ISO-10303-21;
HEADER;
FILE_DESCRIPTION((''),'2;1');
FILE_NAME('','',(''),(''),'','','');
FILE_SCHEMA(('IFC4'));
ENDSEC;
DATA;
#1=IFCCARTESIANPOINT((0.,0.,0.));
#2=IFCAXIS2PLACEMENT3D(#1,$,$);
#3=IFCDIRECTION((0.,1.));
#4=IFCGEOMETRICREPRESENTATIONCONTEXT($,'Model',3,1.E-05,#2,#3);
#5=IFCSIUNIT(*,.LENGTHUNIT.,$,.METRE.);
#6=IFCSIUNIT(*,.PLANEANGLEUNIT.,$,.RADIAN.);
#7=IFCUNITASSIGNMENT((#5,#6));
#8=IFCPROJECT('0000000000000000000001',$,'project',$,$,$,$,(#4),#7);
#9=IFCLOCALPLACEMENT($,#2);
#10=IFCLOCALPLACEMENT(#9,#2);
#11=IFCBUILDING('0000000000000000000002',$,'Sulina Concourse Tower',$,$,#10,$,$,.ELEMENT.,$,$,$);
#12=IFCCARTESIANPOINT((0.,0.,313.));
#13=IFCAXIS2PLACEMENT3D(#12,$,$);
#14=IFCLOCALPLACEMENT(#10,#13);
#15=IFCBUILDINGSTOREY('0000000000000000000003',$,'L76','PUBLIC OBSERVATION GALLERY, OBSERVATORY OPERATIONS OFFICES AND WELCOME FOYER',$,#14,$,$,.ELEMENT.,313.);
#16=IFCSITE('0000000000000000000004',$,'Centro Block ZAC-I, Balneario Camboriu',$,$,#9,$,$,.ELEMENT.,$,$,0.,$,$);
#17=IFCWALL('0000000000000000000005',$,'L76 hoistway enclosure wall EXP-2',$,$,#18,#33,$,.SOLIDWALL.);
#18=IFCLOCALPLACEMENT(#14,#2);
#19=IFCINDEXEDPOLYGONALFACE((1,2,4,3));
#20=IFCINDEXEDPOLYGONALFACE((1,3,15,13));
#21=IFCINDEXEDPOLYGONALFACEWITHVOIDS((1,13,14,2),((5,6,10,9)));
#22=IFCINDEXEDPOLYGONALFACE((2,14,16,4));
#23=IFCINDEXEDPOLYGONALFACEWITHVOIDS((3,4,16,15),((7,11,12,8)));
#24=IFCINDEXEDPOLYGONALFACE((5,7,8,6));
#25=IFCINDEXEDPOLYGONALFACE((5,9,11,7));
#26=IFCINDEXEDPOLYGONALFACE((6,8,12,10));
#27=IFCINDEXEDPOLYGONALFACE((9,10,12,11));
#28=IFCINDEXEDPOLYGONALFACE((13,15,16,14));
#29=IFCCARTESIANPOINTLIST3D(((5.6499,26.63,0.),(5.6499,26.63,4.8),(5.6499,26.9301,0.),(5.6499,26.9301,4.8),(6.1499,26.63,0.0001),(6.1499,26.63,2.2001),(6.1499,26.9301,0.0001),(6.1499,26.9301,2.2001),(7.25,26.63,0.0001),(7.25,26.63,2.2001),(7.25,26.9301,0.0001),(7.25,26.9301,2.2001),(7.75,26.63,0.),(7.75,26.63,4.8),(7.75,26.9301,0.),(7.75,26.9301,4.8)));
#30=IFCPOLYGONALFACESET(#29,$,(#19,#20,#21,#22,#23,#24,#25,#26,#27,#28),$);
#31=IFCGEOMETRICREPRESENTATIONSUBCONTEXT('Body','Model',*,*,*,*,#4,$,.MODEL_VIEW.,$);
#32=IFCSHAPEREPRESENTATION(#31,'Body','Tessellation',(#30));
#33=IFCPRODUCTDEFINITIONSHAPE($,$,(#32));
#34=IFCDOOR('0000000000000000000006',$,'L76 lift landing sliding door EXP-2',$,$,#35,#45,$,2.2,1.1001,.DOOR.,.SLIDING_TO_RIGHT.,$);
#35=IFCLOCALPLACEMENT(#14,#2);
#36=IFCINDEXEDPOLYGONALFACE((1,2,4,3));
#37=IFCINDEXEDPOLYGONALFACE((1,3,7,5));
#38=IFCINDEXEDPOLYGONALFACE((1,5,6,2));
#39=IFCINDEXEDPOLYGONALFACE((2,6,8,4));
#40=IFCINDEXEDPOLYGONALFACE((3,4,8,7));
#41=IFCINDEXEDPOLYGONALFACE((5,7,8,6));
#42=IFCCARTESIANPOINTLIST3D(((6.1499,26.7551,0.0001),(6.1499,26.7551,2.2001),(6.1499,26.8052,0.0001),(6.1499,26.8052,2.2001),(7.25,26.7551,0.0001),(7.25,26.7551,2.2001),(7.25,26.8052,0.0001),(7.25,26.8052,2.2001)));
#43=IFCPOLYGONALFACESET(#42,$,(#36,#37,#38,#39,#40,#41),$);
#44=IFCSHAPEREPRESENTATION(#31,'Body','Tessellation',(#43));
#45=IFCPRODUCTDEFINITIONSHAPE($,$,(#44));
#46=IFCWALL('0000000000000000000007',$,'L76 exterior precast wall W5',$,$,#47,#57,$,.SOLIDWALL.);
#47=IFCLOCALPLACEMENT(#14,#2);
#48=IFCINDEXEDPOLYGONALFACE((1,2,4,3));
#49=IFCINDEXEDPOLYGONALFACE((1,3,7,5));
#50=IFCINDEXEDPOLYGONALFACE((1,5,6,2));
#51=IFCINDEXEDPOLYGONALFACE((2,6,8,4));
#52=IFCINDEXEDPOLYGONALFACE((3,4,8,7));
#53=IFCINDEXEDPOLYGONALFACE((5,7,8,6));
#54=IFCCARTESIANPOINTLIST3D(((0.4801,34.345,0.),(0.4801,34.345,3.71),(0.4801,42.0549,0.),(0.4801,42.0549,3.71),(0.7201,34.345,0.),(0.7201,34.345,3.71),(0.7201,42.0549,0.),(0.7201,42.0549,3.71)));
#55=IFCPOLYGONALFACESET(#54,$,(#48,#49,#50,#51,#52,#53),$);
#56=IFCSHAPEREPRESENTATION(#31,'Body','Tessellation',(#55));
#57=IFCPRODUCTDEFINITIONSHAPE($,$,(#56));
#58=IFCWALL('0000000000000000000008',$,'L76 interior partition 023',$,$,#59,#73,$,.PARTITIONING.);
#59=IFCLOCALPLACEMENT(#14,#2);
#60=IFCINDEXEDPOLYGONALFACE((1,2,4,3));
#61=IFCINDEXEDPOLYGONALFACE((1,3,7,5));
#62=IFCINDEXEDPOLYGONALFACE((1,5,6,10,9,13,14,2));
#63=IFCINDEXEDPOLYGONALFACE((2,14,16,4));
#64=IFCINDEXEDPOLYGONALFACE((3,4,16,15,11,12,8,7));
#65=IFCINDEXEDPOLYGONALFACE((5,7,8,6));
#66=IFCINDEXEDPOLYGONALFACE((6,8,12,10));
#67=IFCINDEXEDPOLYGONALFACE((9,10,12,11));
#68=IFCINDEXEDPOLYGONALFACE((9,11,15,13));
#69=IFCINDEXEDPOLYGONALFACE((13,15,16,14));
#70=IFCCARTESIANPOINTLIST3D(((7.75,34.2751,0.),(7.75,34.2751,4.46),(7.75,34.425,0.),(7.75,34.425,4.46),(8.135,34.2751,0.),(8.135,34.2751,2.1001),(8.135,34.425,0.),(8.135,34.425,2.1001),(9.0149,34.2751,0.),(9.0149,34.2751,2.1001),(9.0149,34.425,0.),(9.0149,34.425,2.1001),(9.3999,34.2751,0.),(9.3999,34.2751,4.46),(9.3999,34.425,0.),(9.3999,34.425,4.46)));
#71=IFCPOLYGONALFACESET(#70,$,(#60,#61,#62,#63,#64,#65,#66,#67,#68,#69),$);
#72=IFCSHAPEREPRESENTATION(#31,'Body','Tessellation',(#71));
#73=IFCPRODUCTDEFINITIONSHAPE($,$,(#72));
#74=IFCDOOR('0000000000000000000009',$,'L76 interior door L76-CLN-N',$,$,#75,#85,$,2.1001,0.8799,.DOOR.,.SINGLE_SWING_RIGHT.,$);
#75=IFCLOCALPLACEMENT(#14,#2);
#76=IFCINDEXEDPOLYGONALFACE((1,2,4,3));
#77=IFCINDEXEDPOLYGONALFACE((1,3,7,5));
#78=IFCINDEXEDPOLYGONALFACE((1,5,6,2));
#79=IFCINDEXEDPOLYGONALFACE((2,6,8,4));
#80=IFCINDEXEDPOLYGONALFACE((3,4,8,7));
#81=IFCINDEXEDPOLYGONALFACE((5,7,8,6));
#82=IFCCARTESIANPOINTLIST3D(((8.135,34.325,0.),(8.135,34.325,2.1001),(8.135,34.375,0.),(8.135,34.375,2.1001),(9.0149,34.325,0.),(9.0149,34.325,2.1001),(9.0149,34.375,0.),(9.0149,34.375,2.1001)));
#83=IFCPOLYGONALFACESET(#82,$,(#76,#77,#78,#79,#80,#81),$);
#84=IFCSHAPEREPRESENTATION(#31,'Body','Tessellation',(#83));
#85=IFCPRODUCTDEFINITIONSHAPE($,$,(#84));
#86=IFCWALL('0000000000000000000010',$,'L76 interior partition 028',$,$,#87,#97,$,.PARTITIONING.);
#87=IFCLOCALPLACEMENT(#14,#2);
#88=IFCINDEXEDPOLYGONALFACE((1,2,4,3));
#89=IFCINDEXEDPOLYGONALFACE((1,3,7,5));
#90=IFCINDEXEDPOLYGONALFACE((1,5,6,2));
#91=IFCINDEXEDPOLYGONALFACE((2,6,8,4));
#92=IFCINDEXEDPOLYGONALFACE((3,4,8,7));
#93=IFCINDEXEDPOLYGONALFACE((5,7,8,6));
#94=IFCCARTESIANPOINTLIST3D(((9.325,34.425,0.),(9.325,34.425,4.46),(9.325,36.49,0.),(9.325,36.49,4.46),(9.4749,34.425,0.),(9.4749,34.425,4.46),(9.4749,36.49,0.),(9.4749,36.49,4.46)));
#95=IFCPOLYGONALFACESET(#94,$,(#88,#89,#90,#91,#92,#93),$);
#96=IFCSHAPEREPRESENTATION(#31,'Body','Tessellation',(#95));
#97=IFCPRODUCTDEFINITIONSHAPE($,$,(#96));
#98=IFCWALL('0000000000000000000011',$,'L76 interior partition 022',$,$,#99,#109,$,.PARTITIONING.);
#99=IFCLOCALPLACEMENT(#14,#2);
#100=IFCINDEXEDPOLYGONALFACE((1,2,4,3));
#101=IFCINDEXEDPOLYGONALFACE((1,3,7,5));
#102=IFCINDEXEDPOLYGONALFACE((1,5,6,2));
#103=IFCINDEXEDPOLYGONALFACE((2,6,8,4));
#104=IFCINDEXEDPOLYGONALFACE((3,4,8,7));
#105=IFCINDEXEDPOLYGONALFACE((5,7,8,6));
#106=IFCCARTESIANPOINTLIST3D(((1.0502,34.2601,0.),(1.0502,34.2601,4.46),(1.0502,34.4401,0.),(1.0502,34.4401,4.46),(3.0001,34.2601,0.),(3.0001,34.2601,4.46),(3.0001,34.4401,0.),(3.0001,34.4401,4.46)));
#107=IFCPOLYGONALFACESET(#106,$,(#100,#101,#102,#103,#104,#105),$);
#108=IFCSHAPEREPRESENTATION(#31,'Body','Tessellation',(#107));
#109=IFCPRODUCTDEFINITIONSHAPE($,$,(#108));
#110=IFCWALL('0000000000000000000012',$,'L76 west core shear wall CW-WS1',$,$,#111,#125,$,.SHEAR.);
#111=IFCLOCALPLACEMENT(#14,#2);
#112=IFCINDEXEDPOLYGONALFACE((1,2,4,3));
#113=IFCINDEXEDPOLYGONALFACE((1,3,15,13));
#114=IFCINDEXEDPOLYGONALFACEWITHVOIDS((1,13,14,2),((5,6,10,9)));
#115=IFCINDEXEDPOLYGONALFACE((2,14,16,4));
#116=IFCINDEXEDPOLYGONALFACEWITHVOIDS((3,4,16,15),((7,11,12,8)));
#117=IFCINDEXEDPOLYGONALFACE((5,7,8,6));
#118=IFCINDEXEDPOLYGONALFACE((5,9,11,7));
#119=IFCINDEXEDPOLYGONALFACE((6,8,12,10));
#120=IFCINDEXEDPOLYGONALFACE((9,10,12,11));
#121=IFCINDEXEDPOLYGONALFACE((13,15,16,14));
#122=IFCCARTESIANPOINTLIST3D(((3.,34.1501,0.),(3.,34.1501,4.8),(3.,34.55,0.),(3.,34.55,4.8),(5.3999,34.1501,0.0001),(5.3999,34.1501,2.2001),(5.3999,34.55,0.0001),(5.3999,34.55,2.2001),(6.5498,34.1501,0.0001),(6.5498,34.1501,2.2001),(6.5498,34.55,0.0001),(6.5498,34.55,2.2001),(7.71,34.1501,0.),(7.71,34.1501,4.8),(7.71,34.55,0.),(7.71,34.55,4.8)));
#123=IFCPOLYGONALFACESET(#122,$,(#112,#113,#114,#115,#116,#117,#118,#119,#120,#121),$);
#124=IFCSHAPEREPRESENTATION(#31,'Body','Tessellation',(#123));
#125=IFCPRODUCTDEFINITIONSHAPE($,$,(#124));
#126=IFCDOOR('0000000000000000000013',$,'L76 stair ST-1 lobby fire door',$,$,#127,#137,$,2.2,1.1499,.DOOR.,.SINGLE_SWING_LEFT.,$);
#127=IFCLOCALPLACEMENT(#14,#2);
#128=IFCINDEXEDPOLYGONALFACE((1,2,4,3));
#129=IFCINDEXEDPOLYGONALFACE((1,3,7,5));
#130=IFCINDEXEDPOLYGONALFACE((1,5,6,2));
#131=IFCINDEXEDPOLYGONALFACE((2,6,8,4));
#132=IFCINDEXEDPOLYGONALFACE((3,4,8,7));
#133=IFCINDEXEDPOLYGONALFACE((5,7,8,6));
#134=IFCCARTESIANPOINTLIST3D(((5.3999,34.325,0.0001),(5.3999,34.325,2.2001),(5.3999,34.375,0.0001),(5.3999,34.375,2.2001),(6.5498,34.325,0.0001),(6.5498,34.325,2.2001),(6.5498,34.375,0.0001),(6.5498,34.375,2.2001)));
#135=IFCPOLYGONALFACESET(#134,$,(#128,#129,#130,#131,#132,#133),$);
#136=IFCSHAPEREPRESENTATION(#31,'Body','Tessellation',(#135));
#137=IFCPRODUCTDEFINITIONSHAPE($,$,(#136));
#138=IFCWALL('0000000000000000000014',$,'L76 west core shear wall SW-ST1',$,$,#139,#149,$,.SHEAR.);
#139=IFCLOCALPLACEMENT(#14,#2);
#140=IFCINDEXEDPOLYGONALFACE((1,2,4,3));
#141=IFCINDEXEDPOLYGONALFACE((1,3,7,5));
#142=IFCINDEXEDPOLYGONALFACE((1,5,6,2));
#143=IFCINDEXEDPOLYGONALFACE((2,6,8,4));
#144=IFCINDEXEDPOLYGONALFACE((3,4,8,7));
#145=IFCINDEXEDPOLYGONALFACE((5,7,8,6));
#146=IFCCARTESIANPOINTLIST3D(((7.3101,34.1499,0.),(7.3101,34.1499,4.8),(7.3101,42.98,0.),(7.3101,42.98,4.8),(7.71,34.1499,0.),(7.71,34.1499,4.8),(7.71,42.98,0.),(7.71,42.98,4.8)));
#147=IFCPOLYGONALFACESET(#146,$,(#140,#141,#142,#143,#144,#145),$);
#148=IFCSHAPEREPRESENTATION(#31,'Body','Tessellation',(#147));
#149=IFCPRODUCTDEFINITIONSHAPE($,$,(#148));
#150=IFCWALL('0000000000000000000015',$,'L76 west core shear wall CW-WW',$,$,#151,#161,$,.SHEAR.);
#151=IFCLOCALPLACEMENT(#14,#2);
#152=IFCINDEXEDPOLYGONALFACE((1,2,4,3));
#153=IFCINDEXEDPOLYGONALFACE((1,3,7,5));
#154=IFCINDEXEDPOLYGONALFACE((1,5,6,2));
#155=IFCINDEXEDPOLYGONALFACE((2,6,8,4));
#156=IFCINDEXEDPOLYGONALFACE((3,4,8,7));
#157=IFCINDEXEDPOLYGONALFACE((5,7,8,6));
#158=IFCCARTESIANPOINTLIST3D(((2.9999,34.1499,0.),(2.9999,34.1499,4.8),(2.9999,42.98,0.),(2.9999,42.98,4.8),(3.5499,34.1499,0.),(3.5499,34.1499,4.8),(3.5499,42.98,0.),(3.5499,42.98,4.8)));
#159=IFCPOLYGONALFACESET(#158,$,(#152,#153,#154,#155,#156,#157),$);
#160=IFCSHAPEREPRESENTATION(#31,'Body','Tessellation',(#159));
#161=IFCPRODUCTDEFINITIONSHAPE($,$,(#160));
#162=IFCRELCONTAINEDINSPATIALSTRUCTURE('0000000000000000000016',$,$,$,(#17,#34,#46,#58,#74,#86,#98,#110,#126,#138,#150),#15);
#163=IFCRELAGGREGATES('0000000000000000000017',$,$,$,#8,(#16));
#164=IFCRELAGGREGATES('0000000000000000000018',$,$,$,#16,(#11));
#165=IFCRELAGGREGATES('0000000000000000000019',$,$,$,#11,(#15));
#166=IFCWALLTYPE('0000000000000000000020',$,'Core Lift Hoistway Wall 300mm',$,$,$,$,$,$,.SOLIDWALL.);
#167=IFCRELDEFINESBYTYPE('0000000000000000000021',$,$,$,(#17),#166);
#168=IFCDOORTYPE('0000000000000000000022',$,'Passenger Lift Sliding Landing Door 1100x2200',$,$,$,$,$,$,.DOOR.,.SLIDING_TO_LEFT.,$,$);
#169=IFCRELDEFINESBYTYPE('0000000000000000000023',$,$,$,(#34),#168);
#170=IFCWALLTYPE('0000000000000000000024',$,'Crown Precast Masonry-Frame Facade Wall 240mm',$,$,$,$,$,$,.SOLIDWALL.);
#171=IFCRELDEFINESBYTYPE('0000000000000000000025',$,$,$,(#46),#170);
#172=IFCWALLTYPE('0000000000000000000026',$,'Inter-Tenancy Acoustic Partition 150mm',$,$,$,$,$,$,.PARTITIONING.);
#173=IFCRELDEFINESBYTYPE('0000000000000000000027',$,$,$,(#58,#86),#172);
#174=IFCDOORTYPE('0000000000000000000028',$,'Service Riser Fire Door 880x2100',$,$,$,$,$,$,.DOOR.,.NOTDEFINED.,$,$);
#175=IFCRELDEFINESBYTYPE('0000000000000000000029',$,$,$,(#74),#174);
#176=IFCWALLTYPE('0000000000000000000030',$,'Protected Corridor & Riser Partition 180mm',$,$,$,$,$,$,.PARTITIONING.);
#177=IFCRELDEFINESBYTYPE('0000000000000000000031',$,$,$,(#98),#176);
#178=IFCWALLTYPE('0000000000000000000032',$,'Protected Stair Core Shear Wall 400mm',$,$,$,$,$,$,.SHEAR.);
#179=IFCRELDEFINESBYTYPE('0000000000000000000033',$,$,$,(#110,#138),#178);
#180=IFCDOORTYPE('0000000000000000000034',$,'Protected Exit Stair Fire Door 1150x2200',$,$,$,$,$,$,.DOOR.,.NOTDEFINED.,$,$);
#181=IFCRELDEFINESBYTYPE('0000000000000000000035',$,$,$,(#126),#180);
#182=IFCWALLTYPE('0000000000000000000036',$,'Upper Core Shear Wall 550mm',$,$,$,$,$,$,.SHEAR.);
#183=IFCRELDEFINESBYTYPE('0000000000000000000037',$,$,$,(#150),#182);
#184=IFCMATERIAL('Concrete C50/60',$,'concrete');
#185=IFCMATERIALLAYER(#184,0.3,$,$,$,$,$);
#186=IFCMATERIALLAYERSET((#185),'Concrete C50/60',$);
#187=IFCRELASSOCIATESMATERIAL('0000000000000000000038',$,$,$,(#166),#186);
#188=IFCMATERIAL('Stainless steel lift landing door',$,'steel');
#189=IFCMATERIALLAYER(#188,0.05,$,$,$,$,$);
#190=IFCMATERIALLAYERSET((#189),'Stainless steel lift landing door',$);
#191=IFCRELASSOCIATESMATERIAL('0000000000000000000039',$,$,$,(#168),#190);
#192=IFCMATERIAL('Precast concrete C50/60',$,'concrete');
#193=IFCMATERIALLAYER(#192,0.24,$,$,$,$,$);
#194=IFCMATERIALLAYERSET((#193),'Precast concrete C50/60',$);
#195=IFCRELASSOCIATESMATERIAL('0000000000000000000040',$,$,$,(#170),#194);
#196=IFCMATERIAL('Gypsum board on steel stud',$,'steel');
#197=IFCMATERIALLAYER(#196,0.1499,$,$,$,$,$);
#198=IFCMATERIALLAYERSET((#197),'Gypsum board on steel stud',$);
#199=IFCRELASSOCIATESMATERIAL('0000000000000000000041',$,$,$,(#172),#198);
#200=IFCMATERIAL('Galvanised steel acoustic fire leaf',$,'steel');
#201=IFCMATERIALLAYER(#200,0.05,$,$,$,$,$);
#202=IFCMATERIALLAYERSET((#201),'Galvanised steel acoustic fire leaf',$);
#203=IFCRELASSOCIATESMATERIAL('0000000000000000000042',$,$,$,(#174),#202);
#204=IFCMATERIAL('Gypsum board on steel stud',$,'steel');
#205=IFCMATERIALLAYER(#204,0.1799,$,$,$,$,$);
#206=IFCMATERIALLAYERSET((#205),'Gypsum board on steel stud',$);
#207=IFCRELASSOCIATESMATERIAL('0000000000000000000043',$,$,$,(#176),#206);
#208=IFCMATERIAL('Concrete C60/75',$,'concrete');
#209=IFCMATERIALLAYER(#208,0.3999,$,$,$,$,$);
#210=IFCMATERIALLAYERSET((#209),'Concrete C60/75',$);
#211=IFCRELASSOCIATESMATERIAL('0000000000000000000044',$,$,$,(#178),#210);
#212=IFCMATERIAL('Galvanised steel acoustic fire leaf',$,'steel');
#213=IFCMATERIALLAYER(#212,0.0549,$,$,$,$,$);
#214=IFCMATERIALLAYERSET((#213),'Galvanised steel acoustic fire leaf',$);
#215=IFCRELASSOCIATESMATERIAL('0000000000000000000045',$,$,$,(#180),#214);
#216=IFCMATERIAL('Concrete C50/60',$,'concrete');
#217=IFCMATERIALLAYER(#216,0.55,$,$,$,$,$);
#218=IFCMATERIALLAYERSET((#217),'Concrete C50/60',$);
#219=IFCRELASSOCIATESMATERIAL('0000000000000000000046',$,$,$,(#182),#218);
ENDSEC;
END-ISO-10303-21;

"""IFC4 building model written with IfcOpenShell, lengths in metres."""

from ifc_helpers import new_model, si_unit, direction, frame, frame_2d, origin, place, context, subcontext, project, spatial, rectangle, extrude, material, layer, layer_set, type_object, element, fill, save


model = new_model("IFC4")

# Units and contexts
model_context = context("Model", 3, precision=1e-05, world=origin(), true_north=direction((0.0, 1.0)))
body_context = subcontext(model_context, "Body", "Model", "MODEL_VIEW")
ifc_project = project(units=[si_unit("LENGTHUNIT", "METRE"), si_unit("PLANEANGLEUNIT", "RADIAN")], contexts=[model_context])

# Site, building, storey
site_placement = place(None, origin())
site = spatial("IfcSite", under=ifc_project, at=site_placement, Name="Centro Block ZAC-I, Balneario Camboriu", CompositionType="ELEMENT", RefElevation=0.0)
building_placement = place(site_placement, origin())
building = spatial("IfcBuilding", under=site, at=building_placement, Name="Sulina Concourse Tower", CompositionType="ELEMENT")
storey_placement = place(building_placement, frame((0.0, 0.0, 313.0)))
storey = spatial("IfcBuildingStorey", under=building, at=storey_placement, Name="L76", Description="PUBLIC OBSERVATION GALLERY, OBSERVATORY OPERATIONS OFFICES AND WELCOME FOYER", CompositionType="ELEMENT", Elevation=313.0)

# Shared definitions
ifc_material_1 = material(Name="Concrete C50/60", Category="concrete")
ifc_layer_1 = layer(ifc_material_1, 0.3)
ifc_layer_set_1 = layer_set([ifc_layer_1], Name="Concrete C50/60")
wall_type_1 = type_object("IfcWallType", Name="Core Lift Hoistway Wall 300mm", PredefinedType="SOLIDWALL", material=ifc_layer_set_1)

# Wall, opening, door
ifc_material_2 = material(Name="Stainless steel lift landing door", Category="steel")
ifc_layer_2 = layer(ifc_material_2, 0.05)
ifc_layer_set_2 = layer_set([ifc_layer_2], Name="Stainless steel lift landing door")
door_type_1 = type_object("IfcDoorType", Name="Passenger Lift Sliding Landing Door 1100x2200", OperationType="SLIDING_TO_LEFT", PredefinedType="DOOR", material=ifc_layer_set_2)
wall_1_placement = place(storey_placement, frame((7.75, 26.78, 0.0), z_axis=(0.0, 0.0, 1.0), x_axis=(-1.0, 0.0, 0.0)))
wall_1 = element("IfcWall", 1, at=wall_1_placement, inside=storey, type_object=wall_type_1, Name="L76 hoistway enclosure wall EXP-2", PredefinedType="SOLIDWALL", context=body_context, shape_type="SweptSolid", body=[
    extrude(rectangle(XDim=2.1001, YDim=0.3, at=frame_2d((1.05, 0.0))), origin(), (0.0, 0.0, 1.0), 4.8),
])
opening_1_placement = place(wall_1_placement, frame((0.5, 0.0, 0.0)))
opening_1 = element("IfcOpeningElement", 2, at=opening_1_placement, cuts=wall_1, PredefinedType="OPENING", context=body_context, shape_type="SweptSolid", body=[
    extrude(rectangle(XDim=1.1001, YDim=2.2, at=frame_2d((0.55, 1.1001))), frame((0.0, 0.1599, 0.0), z_axis=(0.0, -1.0, 0.0), x_axis=(1.0, 0.0, 0.0)), (0.0, 0.0, 1.0), 0.3201),
])
door_1_placement = place(opening_1_placement, origin())
door_1 = element("IfcDoor", 3, at=door_1_placement, inside=storey, type_object=door_type_1, Name="L76 lift landing sliding door EXP-2", OperationType="SLIDING_TO_RIGHT", OverallHeight=2.2, OverallWidth=1.1001, PredefinedType="DOOR", context=body_context, shape_type="SweptSolid", body=[
    extrude(rectangle(XDim=1.1001, YDim=2.2, at=frame_2d((0.55, 1.1001))), frame((0.0, 0.0249, 0.0), z_axis=(0.0, -1.0, 0.0), x_axis=(1.0, 0.0, 0.0)), (0.0, 0.0, 1.0), 0.05),
])
fill(opening_1, door_1)

# Wall
ifc_material_3 = material(Name="Precast concrete C50/60", Category="concrete")
ifc_layer_3 = layer(ifc_material_3, 0.24)
ifc_layer_set_3 = layer_set([ifc_layer_3], Name="Precast concrete C50/60")
wall_type_2 = type_object("IfcWallType", Name="Crown Precast Masonry-Frame Facade Wall 240mm", PredefinedType="SOLIDWALL", material=ifc_layer_set_3)
wall_2_placement = place(storey_placement, frame((0.6001, 34.345, 0.0), z_axis=(0.0, 0.0, 1.0), x_axis=(0.0, 1.0, 0.0)))
element("IfcWall", 4, at=wall_2_placement, inside=storey, type_object=wall_type_2, Name="L76 exterior precast wall W5", PredefinedType="SOLIDWALL", context=body_context, shape_type="SweptSolid", body=[
    extrude(rectangle(XDim=7.71, YDim=0.24, at=frame_2d((3.855, 0.0))), origin(), (0.0, 0.0, 1.0), 3.71),
])

# Wall, opening, door
ifc_material_4 = material(Name="Gypsum board on steel stud", Category="steel")
ifc_layer_4 = layer(ifc_material_4, 0.1499)
ifc_layer_set_4 = layer_set([ifc_layer_4], Name="Gypsum board on steel stud")
wall_type_3 = type_object("IfcWallType", Name="Inter-Tenancy Acoustic Partition 150mm", PredefinedType="PARTITIONING", material=ifc_layer_set_4)
wall_3_placement = place(storey_placement, frame((7.75, 34.3501, 0.0), z_axis=(0.0, 0.0, 1.0), x_axis=(1.0, 0.0, 0.0)))
wall_3 = element("IfcWall", 5, at=wall_3_placement, inside=storey, type_object=wall_type_3, Name="L76 interior partition 023", PredefinedType="PARTITIONING", context=body_context, shape_type="SweptSolid", body=[
    extrude(rectangle(XDim=1.6499, YDim=0.1499, at=frame_2d((0.825, 0.0))), origin(), (0.0, 0.0, 1.0), 4.46),
])
opening_2_placement = place(wall_3_placement, frame((0.385, 0.0, 0.0)))
opening_2 = element("IfcOpeningElement", 6, at=opening_2_placement, cuts=wall_3, PredefinedType="OPENING", context=body_context, shape_type="SweptSolid", body=[
    extrude(rectangle(XDim=0.8799, YDim=2.1001, at=frame_2d((0.4399, 1.05))), frame((0.0, 0.085, 0.0), z_axis=(0.0, -1.0, 0.0), x_axis=(1.0, 0.0, 0.0)), (0.0, 0.0, 1.0), 0.1699),
])
ifc_material_5 = material(Name="Galvanised steel acoustic fire leaf", Category="steel")
ifc_layer_5 = layer(ifc_material_5, 0.05)
ifc_layer_set_5 = layer_set([ifc_layer_5], Name="Galvanised steel acoustic fire leaf")
door_type_2 = type_object("IfcDoorType", Name="Service Riser Fire Door 880x2100", OperationType="NOTDEFINED", PredefinedType="DOOR", material=ifc_layer_set_5)
door_2_placement = place(opening_2_placement, origin())
door_2 = element("IfcDoor", 7, at=door_2_placement, inside=storey, type_object=door_type_2, Name="L76 interior door L76-CLN-N", OperationType="SINGLE_SWING_RIGHT", OverallHeight=2.1001, OverallWidth=0.8799, PredefinedType="DOOR", context=body_context, shape_type="SweptSolid", body=[
    extrude(rectangle(XDim=0.8799, YDim=2.1001, at=frame_2d((0.4399, 1.05))), frame((0.0, 0.0249, 0.0), z_axis=(0.0, -1.0, 0.0), x_axis=(1.0, 0.0, 0.0)), (0.0, 0.0, 1.0), 0.05),
])
fill(opening_2, door_2)

# Walls
wall_4_placement = place(storey_placement, frame((9.3999, 34.425, 0.0), z_axis=(0.0, 0.0, 1.0), x_axis=(0.0, 1.0, 0.0)))
element("IfcWall", 8, at=wall_4_placement, inside=storey, type_object=wall_type_3, Name="L76 interior partition 028", PredefinedType="PARTITIONING", context=body_context, shape_type="SweptSolid", body=[
    extrude(rectangle(XDim=2.0649, YDim=0.1499, at=frame_2d((1.0325, 0.0))), origin(), (0.0, 0.0, 1.0), 4.46),
])
ifc_material_6 = material(Name="Gypsum board on steel stud", Category="steel")
ifc_layer_6 = layer(ifc_material_6, 0.1799)
ifc_layer_set_6 = layer_set([ifc_layer_6], Name="Gypsum board on steel stud")
wall_type_4 = type_object("IfcWallType", Name="Protected Corridor & Riser Partition 180mm", PredefinedType="PARTITIONING", material=ifc_layer_set_6)
wall_5_placement = place(storey_placement, frame((1.05, 34.3501, 0.0), z_axis=(0.0, 0.0, 1.0), x_axis=(1.0, 0.0, 0.0)))
element("IfcWall", 9, at=wall_5_placement, inside=storey, type_object=wall_type_4, Name="L76 interior partition 022", PredefinedType="PARTITIONING", context=body_context, shape_type="SweptSolid", body=[
    extrude(rectangle(XDim=1.95, YDim=0.1799, at=frame_2d((0.9751, 0.0))), origin(), (0.0, 0.0, 1.0), 4.46),
])

# Wall, opening, door
ifc_material_7 = material(Name="Concrete C60/75", Category="concrete")
ifc_layer_7 = layer(ifc_material_7, 0.3999)
ifc_layer_set_7 = layer_set([ifc_layer_7], Name="Concrete C60/75")
wall_type_5 = type_object("IfcWallType", Name="Protected Stair Core Shear Wall 400mm", PredefinedType="SHEAR", material=ifc_layer_set_7)
wall_6_placement = place(storey_placement, frame((3.0, 34.3501, 0.0), z_axis=(0.0, 0.0, 1.0), x_axis=(1.0, 0.0, 0.0)))
wall_6 = element("IfcWall", 10, at=wall_6_placement, inside=storey, type_object=wall_type_5, Name="L76 west core shear wall CW-WS1", PredefinedType="SHEAR", context=body_context, shape_type="SweptSolid", body=[
    extrude(rectangle(XDim=4.71, YDim=0.3999, at=frame_2d((2.355, 0.0))), origin(), (0.0, 0.0, 1.0), 4.8),
])
opening_3_placement = place(wall_6_placement, frame((2.3999, 0.0, 0.0)))
opening_3 = element("IfcOpeningElement", 11, at=opening_3_placement, cuts=wall_6, PredefinedType="OPENING", context=body_context, shape_type="SweptSolid", body=[
    extrude(rectangle(XDim=1.1499, YDim=2.2, at=frame_2d((0.575, 1.1001))), frame((0.0, 0.21, 0.0), z_axis=(0.0, -1.0, 0.0), x_axis=(1.0, 0.0, 0.0)), (0.0, 0.0, 1.0), 0.4199),
])
ifc_material_8 = material(Name="Galvanised steel acoustic fire leaf", Category="steel")
ifc_layer_8 = layer(ifc_material_8, 0.0549)
ifc_layer_set_8 = layer_set([ifc_layer_8], Name="Galvanised steel acoustic fire leaf")
door_type_3 = type_object("IfcDoorType", Name="Protected Exit Stair Fire Door 1150x2200", OperationType="NOTDEFINED", PredefinedType="DOOR", material=ifc_layer_set_8)
door_3_placement = place(opening_3_placement, origin())
door_3 = element("IfcDoor", 12, at=door_3_placement, inside=storey, type_object=door_type_3, Name="L76 stair ST-1 lobby fire door", OperationType="SINGLE_SWING_LEFT", OverallHeight=2.2, OverallWidth=1.1499, PredefinedType="DOOR", context=body_context, shape_type="SweptSolid", body=[
    extrude(rectangle(XDim=1.1499, YDim=2.2, at=frame_2d((0.575, 1.1001))), frame((0.0, 0.0249, 0.0), z_axis=(0.0, -1.0, 0.0), x_axis=(1.0, 0.0, 0.0)), (0.0, 0.0, 1.0), 0.05),
])
fill(opening_3, door_3)

# Walls
wall_7_placement = place(storey_placement, frame((7.51, 34.1499, 0.0), z_axis=(0.0, 0.0, 1.0), x_axis=(0.0, 1.0, 0.0)))
element("IfcWall", 13, at=wall_7_placement, inside=storey, type_object=wall_type_5, Name="L76 west core shear wall SW-ST1", PredefinedType="SHEAR", context=body_context, shape_type="SweptSolid", body=[
    extrude(rectangle(XDim=8.8301, YDim=0.3999, at=frame_2d((4.415, 0.0))), origin(), (0.0, 0.0, 1.0), 4.8),
])
ifc_material_9 = material(Name="Concrete C50/60", Category="concrete")
ifc_layer_9 = layer(ifc_material_9, 0.55)
ifc_layer_set_9 = layer_set([ifc_layer_9], Name="Concrete C50/60")
wall_type_6 = type_object("IfcWallType", Name="Upper Core Shear Wall 550mm", PredefinedType="SHEAR", material=ifc_layer_set_9)
wall_8_placement = place(storey_placement, frame((3.2749, 34.1499, 0.0), z_axis=(0.0, 0.0, 1.0), x_axis=(0.0, 1.0, 0.0)))
element("IfcWall", 14, at=wall_8_placement, inside=storey, type_object=wall_type_6, Name="L76 west core shear wall CW-WW", PredefinedType="SHEAR", context=body_context, shape_type="SweptSolid", body=[
    extrude(rectangle(XDim=8.8301, YDim=0.55, at=frame_2d((4.415, 0.0))), origin(), (0.0, 0.0, 1.0), 4.8),
])

save(model, "model.ifc")
